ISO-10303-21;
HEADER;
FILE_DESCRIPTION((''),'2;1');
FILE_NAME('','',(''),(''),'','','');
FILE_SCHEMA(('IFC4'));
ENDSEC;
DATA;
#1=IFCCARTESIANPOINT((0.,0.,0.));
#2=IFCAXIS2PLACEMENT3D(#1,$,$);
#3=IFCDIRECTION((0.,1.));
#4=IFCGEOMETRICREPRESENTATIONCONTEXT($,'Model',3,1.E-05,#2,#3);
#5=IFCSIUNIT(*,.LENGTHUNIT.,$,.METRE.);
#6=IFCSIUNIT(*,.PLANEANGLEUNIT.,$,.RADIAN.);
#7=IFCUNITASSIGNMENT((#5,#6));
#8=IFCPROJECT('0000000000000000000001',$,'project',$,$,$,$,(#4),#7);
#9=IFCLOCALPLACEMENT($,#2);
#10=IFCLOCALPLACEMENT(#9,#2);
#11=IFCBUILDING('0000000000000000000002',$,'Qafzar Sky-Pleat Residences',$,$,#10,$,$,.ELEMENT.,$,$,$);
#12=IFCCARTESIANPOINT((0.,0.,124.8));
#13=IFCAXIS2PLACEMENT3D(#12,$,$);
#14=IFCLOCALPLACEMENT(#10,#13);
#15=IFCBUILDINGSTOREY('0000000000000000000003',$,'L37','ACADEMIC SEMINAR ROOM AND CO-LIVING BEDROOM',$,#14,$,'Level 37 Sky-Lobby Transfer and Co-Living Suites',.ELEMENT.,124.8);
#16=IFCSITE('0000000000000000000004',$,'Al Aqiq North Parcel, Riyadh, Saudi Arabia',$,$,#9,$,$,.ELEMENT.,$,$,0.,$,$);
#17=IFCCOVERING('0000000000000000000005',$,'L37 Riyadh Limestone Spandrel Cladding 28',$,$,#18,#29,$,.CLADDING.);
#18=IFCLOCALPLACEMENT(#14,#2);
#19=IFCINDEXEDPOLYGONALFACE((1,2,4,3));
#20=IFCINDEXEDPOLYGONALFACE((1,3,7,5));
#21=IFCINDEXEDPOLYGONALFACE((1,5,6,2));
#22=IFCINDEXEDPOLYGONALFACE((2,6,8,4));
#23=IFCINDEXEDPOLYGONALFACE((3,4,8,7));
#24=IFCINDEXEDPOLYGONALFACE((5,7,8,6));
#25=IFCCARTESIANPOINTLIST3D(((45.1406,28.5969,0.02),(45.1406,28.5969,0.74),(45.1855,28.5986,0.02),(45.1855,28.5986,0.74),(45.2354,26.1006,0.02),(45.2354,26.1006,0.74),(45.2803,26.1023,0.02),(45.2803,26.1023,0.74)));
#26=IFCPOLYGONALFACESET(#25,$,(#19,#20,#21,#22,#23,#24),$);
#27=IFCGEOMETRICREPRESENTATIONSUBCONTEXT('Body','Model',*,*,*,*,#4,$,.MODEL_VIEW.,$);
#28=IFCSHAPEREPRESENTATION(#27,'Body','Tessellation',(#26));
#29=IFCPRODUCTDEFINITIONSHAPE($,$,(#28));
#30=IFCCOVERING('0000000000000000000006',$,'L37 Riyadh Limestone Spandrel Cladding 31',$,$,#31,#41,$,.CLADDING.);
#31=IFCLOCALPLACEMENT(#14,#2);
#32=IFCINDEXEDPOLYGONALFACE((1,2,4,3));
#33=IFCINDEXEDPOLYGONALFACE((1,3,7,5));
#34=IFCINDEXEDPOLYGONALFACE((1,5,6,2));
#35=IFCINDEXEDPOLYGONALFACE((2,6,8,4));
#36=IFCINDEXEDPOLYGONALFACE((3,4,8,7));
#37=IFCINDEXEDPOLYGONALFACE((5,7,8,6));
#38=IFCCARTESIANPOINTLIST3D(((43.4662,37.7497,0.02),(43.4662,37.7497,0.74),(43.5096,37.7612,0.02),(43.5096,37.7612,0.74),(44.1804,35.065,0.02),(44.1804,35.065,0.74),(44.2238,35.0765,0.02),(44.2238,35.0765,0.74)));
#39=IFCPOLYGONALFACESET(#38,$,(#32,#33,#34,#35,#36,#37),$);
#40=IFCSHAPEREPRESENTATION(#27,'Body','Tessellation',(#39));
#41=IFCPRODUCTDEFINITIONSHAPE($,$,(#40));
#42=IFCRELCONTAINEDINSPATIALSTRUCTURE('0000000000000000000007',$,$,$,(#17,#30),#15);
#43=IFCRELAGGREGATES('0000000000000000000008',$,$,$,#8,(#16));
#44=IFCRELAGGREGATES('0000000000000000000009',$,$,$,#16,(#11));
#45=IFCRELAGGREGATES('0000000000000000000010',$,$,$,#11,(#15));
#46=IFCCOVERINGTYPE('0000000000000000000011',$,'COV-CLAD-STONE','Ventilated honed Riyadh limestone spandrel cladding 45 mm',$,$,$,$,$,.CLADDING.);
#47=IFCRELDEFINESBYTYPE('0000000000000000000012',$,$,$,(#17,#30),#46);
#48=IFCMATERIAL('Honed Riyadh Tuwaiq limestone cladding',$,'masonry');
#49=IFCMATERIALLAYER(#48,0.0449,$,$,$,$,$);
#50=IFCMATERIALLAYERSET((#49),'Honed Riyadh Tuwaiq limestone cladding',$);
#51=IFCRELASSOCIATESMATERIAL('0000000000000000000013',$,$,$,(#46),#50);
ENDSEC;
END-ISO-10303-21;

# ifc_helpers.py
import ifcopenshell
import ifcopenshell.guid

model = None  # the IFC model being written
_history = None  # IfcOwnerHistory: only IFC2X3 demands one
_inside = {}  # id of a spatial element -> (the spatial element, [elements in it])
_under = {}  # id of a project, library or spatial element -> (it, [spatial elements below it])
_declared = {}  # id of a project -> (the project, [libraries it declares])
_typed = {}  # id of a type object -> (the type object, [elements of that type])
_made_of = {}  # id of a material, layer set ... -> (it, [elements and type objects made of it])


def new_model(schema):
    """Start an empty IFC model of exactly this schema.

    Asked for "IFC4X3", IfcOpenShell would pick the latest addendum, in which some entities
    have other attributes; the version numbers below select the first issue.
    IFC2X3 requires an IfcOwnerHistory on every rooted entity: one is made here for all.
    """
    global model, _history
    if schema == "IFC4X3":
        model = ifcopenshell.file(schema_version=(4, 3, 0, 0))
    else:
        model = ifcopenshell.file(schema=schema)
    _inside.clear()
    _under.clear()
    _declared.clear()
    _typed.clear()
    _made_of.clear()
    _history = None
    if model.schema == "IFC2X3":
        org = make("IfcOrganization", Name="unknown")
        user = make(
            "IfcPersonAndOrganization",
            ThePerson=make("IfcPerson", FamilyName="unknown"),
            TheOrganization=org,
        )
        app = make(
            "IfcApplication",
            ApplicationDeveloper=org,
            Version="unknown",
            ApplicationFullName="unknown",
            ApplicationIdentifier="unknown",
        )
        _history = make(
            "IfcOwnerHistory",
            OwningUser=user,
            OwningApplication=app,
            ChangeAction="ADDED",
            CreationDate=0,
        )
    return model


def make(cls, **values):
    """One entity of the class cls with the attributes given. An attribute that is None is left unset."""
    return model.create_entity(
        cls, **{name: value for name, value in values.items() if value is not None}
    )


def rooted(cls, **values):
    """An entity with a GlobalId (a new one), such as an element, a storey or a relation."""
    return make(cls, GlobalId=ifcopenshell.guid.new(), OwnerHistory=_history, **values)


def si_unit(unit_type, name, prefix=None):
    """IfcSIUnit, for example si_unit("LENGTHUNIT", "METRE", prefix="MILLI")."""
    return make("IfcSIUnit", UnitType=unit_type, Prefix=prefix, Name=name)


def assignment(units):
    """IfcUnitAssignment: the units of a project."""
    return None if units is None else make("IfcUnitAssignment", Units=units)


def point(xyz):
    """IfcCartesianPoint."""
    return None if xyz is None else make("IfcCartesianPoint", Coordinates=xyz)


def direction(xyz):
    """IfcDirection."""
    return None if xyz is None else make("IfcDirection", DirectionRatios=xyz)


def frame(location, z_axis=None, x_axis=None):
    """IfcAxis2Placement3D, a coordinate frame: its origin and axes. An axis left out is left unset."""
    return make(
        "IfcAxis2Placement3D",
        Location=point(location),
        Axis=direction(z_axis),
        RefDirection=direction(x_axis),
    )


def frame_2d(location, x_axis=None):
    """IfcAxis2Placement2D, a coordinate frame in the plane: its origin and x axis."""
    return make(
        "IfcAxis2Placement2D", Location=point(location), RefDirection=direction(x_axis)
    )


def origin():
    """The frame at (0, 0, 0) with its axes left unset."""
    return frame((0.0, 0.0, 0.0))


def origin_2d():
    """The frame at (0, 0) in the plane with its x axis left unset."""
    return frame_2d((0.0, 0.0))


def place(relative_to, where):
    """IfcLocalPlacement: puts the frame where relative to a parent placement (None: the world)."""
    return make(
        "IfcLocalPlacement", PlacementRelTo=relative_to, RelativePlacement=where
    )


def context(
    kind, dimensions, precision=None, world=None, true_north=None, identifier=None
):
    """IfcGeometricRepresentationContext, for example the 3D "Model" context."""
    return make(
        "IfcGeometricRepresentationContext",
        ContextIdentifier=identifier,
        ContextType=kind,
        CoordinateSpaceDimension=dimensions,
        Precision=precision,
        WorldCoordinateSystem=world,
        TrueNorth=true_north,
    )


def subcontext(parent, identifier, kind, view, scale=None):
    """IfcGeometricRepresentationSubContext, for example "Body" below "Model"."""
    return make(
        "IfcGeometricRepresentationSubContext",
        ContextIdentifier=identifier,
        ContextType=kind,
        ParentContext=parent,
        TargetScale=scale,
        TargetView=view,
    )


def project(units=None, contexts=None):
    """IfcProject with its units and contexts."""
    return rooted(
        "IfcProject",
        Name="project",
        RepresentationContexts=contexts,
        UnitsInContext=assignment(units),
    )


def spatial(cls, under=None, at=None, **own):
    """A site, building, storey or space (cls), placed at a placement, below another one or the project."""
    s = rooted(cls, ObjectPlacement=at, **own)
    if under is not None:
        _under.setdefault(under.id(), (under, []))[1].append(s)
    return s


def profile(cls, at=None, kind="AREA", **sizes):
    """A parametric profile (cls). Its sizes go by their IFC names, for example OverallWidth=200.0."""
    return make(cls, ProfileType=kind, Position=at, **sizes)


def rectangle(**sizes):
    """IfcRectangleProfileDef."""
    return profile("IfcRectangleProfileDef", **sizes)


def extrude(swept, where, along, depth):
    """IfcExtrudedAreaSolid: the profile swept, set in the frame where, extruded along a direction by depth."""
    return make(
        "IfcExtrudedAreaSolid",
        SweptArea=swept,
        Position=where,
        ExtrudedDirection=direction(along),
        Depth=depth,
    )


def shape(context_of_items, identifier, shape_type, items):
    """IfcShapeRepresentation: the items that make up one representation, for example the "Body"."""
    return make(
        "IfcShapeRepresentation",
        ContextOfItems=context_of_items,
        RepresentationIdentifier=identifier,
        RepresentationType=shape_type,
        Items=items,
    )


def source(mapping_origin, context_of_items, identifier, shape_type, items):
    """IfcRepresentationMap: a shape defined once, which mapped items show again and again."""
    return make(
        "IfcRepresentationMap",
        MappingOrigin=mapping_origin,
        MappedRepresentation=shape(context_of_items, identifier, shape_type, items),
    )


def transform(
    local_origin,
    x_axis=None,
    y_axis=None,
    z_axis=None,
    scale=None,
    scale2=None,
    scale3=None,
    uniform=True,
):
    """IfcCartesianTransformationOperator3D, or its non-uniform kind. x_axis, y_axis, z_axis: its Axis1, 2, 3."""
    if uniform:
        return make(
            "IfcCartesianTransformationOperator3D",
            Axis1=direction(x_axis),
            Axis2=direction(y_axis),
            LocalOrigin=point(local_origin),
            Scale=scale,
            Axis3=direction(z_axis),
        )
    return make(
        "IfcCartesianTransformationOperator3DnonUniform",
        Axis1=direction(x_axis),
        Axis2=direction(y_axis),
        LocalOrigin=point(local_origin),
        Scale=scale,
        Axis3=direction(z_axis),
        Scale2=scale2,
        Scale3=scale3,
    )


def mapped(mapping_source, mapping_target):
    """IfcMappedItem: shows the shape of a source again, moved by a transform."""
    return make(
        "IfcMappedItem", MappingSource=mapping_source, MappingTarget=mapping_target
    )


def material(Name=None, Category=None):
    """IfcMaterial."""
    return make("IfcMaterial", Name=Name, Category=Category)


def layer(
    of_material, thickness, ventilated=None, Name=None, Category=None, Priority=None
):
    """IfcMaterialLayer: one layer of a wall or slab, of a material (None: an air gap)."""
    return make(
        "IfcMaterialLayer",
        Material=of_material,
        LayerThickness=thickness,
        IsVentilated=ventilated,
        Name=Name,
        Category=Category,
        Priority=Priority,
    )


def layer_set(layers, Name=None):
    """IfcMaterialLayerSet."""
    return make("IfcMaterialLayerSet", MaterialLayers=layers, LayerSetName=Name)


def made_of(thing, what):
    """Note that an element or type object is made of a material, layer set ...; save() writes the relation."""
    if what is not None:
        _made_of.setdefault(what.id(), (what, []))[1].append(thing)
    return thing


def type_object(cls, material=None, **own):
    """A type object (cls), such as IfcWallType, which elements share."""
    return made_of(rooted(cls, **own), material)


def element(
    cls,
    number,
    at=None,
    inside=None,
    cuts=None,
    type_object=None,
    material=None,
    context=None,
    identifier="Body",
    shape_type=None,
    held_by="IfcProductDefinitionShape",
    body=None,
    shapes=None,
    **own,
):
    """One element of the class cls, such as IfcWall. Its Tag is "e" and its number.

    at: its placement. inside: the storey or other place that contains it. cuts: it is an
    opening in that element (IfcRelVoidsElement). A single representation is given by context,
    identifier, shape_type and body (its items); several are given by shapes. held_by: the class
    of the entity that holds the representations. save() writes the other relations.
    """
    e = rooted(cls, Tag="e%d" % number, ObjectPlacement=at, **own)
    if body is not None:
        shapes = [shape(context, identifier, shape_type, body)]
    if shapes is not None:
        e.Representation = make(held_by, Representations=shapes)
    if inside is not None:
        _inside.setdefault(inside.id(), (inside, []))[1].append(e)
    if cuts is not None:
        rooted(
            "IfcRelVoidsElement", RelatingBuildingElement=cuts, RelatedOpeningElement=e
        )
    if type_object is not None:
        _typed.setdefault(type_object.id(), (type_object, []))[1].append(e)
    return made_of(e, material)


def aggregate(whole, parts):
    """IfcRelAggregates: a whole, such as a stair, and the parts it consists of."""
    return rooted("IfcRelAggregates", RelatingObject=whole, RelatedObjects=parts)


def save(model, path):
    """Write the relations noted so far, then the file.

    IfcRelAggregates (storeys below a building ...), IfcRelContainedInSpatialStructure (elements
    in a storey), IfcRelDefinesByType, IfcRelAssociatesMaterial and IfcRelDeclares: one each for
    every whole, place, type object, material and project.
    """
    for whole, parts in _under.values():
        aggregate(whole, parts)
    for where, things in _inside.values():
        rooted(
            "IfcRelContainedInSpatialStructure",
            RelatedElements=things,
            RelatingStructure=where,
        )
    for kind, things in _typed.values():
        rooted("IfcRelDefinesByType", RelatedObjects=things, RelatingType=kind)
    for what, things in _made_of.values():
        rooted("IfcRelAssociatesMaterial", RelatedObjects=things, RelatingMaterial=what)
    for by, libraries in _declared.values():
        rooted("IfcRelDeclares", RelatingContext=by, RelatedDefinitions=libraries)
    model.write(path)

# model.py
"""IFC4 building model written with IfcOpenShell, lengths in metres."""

from ifc_helpers import new_model, si_unit, direction, frame, origin, origin_2d, place, context, subcontext, project, spatial, rectangle, extrude, source, transform, mapped, material, layer, layer_set, type_object, element, save


model = new_model("IFC4")

# Units and contexts
model_context = context("Model", 3, precision=1e-05, world=origin(), true_north=direction((0.0, 1.0)))
body_context = subcontext(model_context, "Body", "Model", "MODEL_VIEW")
ifc_project = project(units=[si_unit("LENGTHUNIT", "METRE"), si_unit("PLANEANGLEUNIT", "RADIAN")], contexts=[model_context])

# Site, building, storey
site_placement = place(None, origin())
site = spatial("IfcSite", under=ifc_project, at=site_placement, Name="Al Aqiq North Parcel, Riyadh, Saudi Arabia", CompositionType="ELEMENT", RefElevation=0.0)
building_placement = place(site_placement, origin())
building = spatial("IfcBuilding", under=site, at=building_placement, Name="Qafzar Sky-Pleat Residences", CompositionType="ELEMENT")
storey_placement = place(building_placement, frame((0.0, 0.0, 124.8)))
storey = spatial("IfcBuildingStorey", under=building, at=storey_placement, Name="L37", Description="ACADEMIC SEMINAR ROOM AND CO-LIVING BEDROOM", LongName="Level 37 Sky-Lobby Transfer and Co-Living Suites", CompositionType="ELEMENT", Elevation=124.8)

# Coverings
ifc_material_1 = material(Name="Honed Riyadh Tuwaiq limestone cladding", Category="masonry")
ifc_layer_1 = layer(ifc_material_1, 0.0449)
ifc_layer_set_1 = layer_set([ifc_layer_1], Name="Honed Riyadh Tuwaiq limestone cladding")
covering_type = type_object("IfcCoveringType", Name="COV-CLAD-STONE", Description="Ventilated honed Riyadh limestone spandrel cladding 45 mm", PredefinedType="CLADDING", material=ifc_layer_set_1)
shared_shape_1 = source(origin(), body_context, "Body", "SweptSolid", [
    extrude(rectangle(XDim=2.498, YDim=0.0449, at=origin_2d()), origin(), (0.0, 0.0, 1.0), 0.72),
])
covering_1_placement = place(storey_placement, frame((45.2104, 27.3496, 0.02), z_axis=(0.0, 0.0, 1.0), x_axis=(-0.037974, 0.999279, 0.0)))
element("IfcCovering", 1, at=covering_1_placement, inside=storey, type_object=covering_type, Name="L37 Riyadh Limestone Spandrel Cladding 28", PredefinedType="CLADDING", context=body_context, shape_type="MappedRepresentation", body=[
    mapped(shared_shape_1, transform((0.0, 0.0, 0.0), x_axis=(1.0, 0.0, 0.0), y_axis=(0.0, 1.0, 0.0), z_axis=(0.0, 0.0, 1.0), scale=1.0)),
])
shared_shape_2 = source(origin(), body_context, "Body", "SweptSolid", [
    extrude(rectangle(XDim=2.7781, YDim=0.0449, at=origin_2d()), origin(), (0.0, 0.0, 1.0), 0.72),
])
covering_2_placement = place(storey_placement, frame((43.845, 36.4131, 0.02), z_axis=(0.0, 0.0, 1.0), x_axis=(-0.257076, 0.966391, 0.0)))
element("IfcCovering", 2, at=covering_2_placement, inside=storey, type_object=covering_type, Name="L37 Riyadh Limestone Spandrel Cladding 31", PredefinedType="CLADDING", context=body_context, shape_type="MappedRepresentation", body=[
    mapped(shared_shape_2, transform((0.0, 0.0, 0.0), x_axis=(1.0, 0.0, 0.0), y_axis=(0.0, 1.0, 0.0), z_axis=(0.0, 0.0, 1.0), scale=1.0)),
])

save(model, "model.ifc")
